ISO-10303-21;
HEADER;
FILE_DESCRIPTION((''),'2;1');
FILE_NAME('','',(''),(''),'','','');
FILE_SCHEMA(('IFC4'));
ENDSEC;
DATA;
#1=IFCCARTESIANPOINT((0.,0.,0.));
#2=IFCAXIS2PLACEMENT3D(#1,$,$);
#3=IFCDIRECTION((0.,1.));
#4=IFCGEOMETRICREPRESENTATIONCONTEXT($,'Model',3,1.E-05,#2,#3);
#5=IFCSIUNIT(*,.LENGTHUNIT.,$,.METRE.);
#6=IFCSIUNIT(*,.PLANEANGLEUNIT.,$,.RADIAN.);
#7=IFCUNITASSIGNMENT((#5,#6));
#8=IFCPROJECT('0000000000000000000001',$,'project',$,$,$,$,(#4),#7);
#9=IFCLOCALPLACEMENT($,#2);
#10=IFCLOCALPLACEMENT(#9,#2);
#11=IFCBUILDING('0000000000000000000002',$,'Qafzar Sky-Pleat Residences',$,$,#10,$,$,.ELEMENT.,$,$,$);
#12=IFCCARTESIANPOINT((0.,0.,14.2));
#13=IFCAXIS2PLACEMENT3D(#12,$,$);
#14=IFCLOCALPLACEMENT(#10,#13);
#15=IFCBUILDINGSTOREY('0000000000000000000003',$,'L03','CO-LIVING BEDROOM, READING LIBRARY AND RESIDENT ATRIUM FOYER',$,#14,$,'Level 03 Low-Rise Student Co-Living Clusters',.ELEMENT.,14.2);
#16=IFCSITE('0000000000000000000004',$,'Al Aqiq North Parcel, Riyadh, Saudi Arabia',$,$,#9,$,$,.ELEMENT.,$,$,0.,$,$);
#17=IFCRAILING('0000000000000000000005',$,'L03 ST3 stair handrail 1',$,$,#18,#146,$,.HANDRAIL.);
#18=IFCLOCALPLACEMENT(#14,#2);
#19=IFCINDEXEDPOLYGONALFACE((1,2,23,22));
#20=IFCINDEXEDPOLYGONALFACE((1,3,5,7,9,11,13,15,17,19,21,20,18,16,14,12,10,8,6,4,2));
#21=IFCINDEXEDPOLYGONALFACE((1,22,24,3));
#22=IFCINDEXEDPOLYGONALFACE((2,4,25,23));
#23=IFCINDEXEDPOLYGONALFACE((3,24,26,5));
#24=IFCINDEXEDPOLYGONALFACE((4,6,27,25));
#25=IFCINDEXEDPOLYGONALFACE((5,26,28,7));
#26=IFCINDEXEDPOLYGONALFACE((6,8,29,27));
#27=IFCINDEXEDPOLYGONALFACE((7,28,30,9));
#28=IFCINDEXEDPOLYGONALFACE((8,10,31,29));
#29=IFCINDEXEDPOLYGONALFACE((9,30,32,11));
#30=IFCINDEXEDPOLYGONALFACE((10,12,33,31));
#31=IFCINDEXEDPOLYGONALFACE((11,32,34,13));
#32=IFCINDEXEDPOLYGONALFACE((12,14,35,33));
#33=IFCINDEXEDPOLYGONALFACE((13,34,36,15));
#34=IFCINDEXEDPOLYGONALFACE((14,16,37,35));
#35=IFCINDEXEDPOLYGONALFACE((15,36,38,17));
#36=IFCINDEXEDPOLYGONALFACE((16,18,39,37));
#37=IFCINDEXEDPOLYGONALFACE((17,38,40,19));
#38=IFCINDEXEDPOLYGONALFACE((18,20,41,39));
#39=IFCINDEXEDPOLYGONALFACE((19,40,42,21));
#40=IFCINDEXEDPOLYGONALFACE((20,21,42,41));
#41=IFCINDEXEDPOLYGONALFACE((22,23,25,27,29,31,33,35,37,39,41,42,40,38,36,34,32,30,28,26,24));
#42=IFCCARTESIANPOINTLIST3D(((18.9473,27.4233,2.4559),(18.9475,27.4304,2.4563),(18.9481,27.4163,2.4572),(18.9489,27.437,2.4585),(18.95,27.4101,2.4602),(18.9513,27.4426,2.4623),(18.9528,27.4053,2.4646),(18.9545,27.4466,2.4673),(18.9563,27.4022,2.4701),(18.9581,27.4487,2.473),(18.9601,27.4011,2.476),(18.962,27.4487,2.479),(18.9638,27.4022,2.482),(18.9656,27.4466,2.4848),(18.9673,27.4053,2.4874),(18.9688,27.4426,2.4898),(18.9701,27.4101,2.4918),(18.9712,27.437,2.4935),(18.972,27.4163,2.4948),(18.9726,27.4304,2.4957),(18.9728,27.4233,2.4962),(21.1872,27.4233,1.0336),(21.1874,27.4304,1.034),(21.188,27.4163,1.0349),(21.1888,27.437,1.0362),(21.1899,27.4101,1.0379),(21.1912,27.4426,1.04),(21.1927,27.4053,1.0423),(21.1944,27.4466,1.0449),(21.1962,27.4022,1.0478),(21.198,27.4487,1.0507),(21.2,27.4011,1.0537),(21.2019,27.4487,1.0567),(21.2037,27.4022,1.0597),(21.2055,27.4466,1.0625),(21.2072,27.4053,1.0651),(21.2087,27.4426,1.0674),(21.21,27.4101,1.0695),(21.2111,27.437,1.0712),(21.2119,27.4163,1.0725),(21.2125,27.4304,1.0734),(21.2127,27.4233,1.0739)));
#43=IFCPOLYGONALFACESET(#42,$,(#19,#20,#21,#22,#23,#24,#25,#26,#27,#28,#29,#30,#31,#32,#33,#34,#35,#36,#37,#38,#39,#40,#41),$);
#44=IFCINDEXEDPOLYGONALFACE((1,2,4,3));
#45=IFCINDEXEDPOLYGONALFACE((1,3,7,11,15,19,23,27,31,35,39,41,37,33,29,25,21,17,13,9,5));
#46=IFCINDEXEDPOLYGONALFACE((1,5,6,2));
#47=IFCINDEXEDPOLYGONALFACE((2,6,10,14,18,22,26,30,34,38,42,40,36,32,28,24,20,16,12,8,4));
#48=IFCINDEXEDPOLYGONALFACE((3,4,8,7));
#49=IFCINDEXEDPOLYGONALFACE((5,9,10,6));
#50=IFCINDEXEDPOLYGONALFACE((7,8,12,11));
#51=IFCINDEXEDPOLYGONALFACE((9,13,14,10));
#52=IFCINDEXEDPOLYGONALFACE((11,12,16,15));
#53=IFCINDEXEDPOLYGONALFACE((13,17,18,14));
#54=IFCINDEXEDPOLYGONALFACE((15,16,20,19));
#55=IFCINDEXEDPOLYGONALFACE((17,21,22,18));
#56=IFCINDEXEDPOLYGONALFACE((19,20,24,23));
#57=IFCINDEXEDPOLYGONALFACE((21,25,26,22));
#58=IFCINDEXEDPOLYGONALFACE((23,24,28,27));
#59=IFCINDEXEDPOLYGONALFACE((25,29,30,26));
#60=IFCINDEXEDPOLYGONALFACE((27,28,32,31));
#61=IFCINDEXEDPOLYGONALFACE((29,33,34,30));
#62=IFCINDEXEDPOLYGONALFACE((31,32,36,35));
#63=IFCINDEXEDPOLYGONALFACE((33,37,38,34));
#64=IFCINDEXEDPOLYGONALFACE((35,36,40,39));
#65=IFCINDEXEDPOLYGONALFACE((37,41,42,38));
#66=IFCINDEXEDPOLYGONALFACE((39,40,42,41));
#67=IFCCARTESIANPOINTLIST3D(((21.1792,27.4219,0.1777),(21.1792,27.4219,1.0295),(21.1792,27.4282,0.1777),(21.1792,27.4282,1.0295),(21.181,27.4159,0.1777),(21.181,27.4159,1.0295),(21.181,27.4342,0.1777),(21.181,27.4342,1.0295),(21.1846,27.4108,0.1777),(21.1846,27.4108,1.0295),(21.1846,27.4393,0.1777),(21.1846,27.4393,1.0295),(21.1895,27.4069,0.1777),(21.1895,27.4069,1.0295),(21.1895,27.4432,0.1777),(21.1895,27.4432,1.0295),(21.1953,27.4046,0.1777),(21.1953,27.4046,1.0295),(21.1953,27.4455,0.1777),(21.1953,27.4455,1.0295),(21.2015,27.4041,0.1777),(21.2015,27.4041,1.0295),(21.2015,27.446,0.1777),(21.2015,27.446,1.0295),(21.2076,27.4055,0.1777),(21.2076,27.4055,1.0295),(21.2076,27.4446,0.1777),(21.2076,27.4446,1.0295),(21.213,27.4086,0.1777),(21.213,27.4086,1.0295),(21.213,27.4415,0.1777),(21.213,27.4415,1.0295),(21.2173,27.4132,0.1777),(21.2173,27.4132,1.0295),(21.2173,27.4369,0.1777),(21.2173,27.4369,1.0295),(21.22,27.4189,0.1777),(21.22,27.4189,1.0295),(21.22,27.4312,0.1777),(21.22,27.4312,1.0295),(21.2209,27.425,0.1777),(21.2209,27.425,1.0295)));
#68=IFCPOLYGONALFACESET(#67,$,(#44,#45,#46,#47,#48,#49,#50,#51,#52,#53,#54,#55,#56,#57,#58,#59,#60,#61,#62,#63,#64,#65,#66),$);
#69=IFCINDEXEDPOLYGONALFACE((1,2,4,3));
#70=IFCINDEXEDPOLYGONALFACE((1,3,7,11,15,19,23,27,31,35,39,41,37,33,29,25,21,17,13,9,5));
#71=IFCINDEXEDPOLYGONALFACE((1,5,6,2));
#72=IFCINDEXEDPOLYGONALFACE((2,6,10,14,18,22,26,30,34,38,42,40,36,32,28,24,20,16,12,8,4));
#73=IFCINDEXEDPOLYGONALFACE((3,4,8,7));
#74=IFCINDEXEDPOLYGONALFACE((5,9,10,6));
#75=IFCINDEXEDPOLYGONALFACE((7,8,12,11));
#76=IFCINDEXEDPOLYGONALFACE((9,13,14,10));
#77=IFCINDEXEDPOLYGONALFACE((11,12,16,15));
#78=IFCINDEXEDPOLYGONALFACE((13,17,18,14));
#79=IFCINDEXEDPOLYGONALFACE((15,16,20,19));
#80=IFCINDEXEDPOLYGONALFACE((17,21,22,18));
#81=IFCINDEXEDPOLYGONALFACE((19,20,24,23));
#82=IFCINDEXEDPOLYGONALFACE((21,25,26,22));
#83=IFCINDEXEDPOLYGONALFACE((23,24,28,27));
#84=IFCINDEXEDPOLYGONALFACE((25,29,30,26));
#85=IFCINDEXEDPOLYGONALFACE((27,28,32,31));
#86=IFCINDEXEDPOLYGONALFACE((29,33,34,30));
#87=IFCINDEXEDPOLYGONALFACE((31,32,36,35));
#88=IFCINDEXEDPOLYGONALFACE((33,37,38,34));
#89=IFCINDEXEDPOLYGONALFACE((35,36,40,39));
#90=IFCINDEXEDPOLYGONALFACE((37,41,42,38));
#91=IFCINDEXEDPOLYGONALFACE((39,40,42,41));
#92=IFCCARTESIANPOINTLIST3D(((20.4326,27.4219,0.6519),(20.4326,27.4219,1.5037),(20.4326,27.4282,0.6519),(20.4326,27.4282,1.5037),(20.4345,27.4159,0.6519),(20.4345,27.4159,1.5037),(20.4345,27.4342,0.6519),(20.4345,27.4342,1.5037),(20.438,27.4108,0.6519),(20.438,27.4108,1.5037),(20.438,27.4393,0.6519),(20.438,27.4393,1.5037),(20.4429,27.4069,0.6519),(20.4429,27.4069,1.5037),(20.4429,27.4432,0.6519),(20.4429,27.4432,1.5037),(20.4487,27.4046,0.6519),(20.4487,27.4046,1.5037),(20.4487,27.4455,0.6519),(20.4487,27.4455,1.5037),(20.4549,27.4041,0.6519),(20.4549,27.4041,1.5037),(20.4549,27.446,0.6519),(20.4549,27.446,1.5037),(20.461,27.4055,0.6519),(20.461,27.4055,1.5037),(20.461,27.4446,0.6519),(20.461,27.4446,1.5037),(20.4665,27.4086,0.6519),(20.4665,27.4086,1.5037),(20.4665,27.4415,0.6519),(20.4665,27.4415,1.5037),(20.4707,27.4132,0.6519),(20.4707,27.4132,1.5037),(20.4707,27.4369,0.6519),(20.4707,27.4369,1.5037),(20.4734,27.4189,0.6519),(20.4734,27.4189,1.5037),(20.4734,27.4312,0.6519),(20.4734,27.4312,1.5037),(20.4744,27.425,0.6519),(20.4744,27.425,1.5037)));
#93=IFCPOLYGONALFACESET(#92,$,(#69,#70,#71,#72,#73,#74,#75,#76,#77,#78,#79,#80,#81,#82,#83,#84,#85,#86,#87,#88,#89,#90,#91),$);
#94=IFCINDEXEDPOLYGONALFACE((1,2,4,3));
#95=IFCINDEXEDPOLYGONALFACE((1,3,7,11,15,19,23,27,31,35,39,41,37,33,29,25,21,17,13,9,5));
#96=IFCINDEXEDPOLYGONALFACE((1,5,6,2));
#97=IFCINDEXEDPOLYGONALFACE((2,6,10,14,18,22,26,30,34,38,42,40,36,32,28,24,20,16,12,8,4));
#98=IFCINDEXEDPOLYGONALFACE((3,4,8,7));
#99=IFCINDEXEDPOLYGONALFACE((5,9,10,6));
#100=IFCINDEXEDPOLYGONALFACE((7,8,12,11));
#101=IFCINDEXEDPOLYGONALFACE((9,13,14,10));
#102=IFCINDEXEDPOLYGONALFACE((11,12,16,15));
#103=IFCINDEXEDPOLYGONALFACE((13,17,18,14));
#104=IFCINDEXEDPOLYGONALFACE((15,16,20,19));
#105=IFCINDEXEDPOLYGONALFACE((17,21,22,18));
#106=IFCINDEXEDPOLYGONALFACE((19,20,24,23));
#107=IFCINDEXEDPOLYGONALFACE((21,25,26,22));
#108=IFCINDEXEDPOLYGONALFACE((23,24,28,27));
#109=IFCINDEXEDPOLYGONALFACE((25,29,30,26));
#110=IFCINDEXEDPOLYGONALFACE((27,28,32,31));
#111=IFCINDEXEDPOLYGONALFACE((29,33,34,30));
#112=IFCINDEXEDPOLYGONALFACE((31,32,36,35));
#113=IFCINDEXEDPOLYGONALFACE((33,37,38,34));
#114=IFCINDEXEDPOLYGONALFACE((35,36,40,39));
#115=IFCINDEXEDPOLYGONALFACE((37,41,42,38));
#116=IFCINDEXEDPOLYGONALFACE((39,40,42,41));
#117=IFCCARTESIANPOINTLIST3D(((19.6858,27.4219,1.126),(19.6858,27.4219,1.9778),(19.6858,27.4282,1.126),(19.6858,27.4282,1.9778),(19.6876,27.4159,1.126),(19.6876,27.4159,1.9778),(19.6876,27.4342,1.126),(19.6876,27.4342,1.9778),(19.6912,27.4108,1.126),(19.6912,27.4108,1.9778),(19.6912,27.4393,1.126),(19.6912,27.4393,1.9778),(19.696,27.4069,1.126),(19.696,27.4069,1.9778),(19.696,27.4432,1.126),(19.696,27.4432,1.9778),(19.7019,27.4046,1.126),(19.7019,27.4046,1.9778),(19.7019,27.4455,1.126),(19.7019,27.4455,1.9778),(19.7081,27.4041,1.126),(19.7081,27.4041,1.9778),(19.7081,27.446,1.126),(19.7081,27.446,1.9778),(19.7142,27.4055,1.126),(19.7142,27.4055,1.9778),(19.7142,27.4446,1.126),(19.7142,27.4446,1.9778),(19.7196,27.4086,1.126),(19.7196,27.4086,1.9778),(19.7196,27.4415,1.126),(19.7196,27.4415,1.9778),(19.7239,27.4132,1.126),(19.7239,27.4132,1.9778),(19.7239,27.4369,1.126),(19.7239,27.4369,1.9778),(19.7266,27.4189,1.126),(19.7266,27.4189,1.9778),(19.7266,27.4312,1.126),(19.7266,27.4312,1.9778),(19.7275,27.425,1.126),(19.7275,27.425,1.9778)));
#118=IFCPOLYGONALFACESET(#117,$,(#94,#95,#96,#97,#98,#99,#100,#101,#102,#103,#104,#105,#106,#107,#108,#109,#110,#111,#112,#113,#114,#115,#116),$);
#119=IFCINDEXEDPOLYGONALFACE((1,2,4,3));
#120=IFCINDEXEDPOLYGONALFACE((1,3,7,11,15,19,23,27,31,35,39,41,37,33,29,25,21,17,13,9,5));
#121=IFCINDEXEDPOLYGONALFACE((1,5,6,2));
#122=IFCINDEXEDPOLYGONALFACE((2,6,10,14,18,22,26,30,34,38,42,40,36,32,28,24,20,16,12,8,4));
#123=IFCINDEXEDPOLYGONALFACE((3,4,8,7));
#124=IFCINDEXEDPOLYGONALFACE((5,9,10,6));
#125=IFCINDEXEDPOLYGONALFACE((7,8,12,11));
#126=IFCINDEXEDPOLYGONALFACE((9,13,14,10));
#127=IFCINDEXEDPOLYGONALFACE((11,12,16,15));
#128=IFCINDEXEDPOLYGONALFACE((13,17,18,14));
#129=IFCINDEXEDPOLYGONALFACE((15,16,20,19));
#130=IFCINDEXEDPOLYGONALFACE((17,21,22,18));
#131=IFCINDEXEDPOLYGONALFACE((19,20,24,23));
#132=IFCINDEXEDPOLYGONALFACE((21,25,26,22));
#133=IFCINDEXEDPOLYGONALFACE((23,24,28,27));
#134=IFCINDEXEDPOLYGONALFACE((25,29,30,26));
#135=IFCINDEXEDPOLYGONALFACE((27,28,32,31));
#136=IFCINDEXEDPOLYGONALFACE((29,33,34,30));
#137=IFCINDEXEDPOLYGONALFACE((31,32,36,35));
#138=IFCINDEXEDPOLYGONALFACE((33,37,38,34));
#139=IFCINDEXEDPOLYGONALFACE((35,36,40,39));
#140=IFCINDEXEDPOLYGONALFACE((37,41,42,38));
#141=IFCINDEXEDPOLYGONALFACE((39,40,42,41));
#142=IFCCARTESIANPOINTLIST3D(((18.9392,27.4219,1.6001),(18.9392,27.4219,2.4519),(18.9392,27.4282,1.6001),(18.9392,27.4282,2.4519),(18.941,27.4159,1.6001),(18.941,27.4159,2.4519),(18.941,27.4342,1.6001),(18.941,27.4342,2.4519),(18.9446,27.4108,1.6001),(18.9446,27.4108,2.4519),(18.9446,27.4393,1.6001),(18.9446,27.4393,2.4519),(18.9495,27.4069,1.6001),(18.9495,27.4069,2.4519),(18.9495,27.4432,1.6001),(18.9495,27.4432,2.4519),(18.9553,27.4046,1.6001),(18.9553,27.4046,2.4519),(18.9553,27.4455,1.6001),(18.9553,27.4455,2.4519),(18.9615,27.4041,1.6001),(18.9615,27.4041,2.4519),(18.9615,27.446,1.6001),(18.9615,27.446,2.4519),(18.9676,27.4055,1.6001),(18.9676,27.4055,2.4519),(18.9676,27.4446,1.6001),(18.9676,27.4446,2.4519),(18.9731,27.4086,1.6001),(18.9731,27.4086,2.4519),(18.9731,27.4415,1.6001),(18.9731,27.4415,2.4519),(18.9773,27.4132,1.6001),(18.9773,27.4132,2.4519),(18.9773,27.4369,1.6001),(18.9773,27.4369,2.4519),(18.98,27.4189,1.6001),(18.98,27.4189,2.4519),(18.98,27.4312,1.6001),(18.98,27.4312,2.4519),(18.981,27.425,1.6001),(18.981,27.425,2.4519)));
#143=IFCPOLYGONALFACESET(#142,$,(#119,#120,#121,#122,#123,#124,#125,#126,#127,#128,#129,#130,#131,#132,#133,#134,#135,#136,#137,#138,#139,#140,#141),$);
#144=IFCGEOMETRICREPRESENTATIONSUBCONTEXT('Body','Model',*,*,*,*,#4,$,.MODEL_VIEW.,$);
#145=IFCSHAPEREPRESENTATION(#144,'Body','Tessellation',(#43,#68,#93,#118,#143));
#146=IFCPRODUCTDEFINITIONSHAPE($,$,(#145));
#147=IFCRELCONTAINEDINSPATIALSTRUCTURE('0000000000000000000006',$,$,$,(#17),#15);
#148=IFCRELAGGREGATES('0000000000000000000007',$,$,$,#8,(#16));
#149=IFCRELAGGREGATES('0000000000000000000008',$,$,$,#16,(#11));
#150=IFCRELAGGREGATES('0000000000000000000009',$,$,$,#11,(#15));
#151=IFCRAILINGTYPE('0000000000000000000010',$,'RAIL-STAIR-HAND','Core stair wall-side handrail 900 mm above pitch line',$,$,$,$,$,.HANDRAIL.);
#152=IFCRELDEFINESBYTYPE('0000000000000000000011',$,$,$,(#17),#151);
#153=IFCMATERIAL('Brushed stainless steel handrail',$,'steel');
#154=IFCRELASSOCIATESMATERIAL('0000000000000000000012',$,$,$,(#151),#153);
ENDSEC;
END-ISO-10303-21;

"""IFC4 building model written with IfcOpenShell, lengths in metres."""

from ifc_helpers import new_model, si_unit, direction, frame, origin, origin_2d, place, context, subcontext, project, spatial, circle, extrude, source, transform, mapped, material, type_object, element, save


model = new_model("IFC4")

# Units and contexts
model_context = context("Model", 3, precision=1e-05, world=origin(), true_north=direction((0.0, 1.0)))
body_context = subcontext(model_context, "Body", "Model", "MODEL_VIEW")
ifc_project = project(units=[si_unit("LENGTHUNIT", "METRE"), si_unit("PLANEANGLEUNIT", "RADIAN")], contexts=[model_context])

# Site, building, storey
site_placement = place(None, origin())
site = spatial("IfcSite", under=ifc_project, at=site_placement, Name="Al Aqiq North Parcel, Riyadh, Saudi Arabia", CompositionType="ELEMENT", RefElevation=0.0)
building_placement = place(site_placement, origin())
building = spatial("IfcBuilding", under=site, at=building_placement, Name="Qafzar Sky-Pleat Residences", CompositionType="ELEMENT")
storey_placement = place(building_placement, frame((0.0, 0.0, 14.2)))
storey = spatial("IfcBuildingStorey", under=building, at=storey_placement, Name="L03", Description="CO-LIVING BEDROOM, READING LIBRARY AND RESIDENT ATRIUM FOYER", LongName="Level 03 Low-Rise Student Co-Living Clusters", CompositionType="ELEMENT", Elevation=14.2)

# Railing
ifc_material_1 = material(Name="Brushed stainless steel handrail", Category="steel")
railing_type_1 = type_object("IfcRailingType", Name="RAIL-STAIR-HAND", Description="Core stair wall-side handrail 900 mm above pitch line", PredefinedType="HANDRAIL", material=ifc_material_1)
shared_shape_1 = source(origin(), body_context, "Body", "SweptSolid", [
    extrude(circle(Radius=0.0239, at=origin_2d()), frame((0.0, 0.0, 0.876), z_axis=(-0.844188, 0.0, 0.536048), x_axis=(0.0, -1.0, 0.0)), (0.0, 0.0, 1.0), 2.6533),
    extrude(circle(Radius=0.021, at=origin_2d()), origin(), (0.0, 0.0, 1.0), 0.8518),
    extrude(circle(Radius=0.021, at=origin_2d()), frame((-0.7466, 0.0, 0.4741)), (0.0, 0.0, 1.0), 0.8518),
    extrude(circle(Radius=0.021, at=origin_2d()), frame((-1.4934, 0.0, 0.9482)), (0.0, 0.0, 1.0), 0.8518),
    extrude(circle(Radius=0.021, at=origin_2d()), frame((-2.24, 0.0, 1.4224)), (0.0, 0.0, 1.0), 0.8518),
])
railing_1_placement = place(storey_placement, frame((21.2, 27.425, 0.1777)))
element("IfcRailing", 1, at=railing_1_placement, inside=storey, type_object=railing_type_1, Name="L03 ST3 stair handrail 1", PredefinedType="HANDRAIL", context=body_context, shape_type="MappedRepresentation", body=[
    mapped(shared_shape_1, transform((0.0, 0.0, 0.0), x_axis=(1.0, 0.0, 0.0), y_axis=(0.0, 1.0, 0.0), z_axis=(0.0, 0.0, 1.0), scale=1.0)),
])

save(model, "model.ifc")
